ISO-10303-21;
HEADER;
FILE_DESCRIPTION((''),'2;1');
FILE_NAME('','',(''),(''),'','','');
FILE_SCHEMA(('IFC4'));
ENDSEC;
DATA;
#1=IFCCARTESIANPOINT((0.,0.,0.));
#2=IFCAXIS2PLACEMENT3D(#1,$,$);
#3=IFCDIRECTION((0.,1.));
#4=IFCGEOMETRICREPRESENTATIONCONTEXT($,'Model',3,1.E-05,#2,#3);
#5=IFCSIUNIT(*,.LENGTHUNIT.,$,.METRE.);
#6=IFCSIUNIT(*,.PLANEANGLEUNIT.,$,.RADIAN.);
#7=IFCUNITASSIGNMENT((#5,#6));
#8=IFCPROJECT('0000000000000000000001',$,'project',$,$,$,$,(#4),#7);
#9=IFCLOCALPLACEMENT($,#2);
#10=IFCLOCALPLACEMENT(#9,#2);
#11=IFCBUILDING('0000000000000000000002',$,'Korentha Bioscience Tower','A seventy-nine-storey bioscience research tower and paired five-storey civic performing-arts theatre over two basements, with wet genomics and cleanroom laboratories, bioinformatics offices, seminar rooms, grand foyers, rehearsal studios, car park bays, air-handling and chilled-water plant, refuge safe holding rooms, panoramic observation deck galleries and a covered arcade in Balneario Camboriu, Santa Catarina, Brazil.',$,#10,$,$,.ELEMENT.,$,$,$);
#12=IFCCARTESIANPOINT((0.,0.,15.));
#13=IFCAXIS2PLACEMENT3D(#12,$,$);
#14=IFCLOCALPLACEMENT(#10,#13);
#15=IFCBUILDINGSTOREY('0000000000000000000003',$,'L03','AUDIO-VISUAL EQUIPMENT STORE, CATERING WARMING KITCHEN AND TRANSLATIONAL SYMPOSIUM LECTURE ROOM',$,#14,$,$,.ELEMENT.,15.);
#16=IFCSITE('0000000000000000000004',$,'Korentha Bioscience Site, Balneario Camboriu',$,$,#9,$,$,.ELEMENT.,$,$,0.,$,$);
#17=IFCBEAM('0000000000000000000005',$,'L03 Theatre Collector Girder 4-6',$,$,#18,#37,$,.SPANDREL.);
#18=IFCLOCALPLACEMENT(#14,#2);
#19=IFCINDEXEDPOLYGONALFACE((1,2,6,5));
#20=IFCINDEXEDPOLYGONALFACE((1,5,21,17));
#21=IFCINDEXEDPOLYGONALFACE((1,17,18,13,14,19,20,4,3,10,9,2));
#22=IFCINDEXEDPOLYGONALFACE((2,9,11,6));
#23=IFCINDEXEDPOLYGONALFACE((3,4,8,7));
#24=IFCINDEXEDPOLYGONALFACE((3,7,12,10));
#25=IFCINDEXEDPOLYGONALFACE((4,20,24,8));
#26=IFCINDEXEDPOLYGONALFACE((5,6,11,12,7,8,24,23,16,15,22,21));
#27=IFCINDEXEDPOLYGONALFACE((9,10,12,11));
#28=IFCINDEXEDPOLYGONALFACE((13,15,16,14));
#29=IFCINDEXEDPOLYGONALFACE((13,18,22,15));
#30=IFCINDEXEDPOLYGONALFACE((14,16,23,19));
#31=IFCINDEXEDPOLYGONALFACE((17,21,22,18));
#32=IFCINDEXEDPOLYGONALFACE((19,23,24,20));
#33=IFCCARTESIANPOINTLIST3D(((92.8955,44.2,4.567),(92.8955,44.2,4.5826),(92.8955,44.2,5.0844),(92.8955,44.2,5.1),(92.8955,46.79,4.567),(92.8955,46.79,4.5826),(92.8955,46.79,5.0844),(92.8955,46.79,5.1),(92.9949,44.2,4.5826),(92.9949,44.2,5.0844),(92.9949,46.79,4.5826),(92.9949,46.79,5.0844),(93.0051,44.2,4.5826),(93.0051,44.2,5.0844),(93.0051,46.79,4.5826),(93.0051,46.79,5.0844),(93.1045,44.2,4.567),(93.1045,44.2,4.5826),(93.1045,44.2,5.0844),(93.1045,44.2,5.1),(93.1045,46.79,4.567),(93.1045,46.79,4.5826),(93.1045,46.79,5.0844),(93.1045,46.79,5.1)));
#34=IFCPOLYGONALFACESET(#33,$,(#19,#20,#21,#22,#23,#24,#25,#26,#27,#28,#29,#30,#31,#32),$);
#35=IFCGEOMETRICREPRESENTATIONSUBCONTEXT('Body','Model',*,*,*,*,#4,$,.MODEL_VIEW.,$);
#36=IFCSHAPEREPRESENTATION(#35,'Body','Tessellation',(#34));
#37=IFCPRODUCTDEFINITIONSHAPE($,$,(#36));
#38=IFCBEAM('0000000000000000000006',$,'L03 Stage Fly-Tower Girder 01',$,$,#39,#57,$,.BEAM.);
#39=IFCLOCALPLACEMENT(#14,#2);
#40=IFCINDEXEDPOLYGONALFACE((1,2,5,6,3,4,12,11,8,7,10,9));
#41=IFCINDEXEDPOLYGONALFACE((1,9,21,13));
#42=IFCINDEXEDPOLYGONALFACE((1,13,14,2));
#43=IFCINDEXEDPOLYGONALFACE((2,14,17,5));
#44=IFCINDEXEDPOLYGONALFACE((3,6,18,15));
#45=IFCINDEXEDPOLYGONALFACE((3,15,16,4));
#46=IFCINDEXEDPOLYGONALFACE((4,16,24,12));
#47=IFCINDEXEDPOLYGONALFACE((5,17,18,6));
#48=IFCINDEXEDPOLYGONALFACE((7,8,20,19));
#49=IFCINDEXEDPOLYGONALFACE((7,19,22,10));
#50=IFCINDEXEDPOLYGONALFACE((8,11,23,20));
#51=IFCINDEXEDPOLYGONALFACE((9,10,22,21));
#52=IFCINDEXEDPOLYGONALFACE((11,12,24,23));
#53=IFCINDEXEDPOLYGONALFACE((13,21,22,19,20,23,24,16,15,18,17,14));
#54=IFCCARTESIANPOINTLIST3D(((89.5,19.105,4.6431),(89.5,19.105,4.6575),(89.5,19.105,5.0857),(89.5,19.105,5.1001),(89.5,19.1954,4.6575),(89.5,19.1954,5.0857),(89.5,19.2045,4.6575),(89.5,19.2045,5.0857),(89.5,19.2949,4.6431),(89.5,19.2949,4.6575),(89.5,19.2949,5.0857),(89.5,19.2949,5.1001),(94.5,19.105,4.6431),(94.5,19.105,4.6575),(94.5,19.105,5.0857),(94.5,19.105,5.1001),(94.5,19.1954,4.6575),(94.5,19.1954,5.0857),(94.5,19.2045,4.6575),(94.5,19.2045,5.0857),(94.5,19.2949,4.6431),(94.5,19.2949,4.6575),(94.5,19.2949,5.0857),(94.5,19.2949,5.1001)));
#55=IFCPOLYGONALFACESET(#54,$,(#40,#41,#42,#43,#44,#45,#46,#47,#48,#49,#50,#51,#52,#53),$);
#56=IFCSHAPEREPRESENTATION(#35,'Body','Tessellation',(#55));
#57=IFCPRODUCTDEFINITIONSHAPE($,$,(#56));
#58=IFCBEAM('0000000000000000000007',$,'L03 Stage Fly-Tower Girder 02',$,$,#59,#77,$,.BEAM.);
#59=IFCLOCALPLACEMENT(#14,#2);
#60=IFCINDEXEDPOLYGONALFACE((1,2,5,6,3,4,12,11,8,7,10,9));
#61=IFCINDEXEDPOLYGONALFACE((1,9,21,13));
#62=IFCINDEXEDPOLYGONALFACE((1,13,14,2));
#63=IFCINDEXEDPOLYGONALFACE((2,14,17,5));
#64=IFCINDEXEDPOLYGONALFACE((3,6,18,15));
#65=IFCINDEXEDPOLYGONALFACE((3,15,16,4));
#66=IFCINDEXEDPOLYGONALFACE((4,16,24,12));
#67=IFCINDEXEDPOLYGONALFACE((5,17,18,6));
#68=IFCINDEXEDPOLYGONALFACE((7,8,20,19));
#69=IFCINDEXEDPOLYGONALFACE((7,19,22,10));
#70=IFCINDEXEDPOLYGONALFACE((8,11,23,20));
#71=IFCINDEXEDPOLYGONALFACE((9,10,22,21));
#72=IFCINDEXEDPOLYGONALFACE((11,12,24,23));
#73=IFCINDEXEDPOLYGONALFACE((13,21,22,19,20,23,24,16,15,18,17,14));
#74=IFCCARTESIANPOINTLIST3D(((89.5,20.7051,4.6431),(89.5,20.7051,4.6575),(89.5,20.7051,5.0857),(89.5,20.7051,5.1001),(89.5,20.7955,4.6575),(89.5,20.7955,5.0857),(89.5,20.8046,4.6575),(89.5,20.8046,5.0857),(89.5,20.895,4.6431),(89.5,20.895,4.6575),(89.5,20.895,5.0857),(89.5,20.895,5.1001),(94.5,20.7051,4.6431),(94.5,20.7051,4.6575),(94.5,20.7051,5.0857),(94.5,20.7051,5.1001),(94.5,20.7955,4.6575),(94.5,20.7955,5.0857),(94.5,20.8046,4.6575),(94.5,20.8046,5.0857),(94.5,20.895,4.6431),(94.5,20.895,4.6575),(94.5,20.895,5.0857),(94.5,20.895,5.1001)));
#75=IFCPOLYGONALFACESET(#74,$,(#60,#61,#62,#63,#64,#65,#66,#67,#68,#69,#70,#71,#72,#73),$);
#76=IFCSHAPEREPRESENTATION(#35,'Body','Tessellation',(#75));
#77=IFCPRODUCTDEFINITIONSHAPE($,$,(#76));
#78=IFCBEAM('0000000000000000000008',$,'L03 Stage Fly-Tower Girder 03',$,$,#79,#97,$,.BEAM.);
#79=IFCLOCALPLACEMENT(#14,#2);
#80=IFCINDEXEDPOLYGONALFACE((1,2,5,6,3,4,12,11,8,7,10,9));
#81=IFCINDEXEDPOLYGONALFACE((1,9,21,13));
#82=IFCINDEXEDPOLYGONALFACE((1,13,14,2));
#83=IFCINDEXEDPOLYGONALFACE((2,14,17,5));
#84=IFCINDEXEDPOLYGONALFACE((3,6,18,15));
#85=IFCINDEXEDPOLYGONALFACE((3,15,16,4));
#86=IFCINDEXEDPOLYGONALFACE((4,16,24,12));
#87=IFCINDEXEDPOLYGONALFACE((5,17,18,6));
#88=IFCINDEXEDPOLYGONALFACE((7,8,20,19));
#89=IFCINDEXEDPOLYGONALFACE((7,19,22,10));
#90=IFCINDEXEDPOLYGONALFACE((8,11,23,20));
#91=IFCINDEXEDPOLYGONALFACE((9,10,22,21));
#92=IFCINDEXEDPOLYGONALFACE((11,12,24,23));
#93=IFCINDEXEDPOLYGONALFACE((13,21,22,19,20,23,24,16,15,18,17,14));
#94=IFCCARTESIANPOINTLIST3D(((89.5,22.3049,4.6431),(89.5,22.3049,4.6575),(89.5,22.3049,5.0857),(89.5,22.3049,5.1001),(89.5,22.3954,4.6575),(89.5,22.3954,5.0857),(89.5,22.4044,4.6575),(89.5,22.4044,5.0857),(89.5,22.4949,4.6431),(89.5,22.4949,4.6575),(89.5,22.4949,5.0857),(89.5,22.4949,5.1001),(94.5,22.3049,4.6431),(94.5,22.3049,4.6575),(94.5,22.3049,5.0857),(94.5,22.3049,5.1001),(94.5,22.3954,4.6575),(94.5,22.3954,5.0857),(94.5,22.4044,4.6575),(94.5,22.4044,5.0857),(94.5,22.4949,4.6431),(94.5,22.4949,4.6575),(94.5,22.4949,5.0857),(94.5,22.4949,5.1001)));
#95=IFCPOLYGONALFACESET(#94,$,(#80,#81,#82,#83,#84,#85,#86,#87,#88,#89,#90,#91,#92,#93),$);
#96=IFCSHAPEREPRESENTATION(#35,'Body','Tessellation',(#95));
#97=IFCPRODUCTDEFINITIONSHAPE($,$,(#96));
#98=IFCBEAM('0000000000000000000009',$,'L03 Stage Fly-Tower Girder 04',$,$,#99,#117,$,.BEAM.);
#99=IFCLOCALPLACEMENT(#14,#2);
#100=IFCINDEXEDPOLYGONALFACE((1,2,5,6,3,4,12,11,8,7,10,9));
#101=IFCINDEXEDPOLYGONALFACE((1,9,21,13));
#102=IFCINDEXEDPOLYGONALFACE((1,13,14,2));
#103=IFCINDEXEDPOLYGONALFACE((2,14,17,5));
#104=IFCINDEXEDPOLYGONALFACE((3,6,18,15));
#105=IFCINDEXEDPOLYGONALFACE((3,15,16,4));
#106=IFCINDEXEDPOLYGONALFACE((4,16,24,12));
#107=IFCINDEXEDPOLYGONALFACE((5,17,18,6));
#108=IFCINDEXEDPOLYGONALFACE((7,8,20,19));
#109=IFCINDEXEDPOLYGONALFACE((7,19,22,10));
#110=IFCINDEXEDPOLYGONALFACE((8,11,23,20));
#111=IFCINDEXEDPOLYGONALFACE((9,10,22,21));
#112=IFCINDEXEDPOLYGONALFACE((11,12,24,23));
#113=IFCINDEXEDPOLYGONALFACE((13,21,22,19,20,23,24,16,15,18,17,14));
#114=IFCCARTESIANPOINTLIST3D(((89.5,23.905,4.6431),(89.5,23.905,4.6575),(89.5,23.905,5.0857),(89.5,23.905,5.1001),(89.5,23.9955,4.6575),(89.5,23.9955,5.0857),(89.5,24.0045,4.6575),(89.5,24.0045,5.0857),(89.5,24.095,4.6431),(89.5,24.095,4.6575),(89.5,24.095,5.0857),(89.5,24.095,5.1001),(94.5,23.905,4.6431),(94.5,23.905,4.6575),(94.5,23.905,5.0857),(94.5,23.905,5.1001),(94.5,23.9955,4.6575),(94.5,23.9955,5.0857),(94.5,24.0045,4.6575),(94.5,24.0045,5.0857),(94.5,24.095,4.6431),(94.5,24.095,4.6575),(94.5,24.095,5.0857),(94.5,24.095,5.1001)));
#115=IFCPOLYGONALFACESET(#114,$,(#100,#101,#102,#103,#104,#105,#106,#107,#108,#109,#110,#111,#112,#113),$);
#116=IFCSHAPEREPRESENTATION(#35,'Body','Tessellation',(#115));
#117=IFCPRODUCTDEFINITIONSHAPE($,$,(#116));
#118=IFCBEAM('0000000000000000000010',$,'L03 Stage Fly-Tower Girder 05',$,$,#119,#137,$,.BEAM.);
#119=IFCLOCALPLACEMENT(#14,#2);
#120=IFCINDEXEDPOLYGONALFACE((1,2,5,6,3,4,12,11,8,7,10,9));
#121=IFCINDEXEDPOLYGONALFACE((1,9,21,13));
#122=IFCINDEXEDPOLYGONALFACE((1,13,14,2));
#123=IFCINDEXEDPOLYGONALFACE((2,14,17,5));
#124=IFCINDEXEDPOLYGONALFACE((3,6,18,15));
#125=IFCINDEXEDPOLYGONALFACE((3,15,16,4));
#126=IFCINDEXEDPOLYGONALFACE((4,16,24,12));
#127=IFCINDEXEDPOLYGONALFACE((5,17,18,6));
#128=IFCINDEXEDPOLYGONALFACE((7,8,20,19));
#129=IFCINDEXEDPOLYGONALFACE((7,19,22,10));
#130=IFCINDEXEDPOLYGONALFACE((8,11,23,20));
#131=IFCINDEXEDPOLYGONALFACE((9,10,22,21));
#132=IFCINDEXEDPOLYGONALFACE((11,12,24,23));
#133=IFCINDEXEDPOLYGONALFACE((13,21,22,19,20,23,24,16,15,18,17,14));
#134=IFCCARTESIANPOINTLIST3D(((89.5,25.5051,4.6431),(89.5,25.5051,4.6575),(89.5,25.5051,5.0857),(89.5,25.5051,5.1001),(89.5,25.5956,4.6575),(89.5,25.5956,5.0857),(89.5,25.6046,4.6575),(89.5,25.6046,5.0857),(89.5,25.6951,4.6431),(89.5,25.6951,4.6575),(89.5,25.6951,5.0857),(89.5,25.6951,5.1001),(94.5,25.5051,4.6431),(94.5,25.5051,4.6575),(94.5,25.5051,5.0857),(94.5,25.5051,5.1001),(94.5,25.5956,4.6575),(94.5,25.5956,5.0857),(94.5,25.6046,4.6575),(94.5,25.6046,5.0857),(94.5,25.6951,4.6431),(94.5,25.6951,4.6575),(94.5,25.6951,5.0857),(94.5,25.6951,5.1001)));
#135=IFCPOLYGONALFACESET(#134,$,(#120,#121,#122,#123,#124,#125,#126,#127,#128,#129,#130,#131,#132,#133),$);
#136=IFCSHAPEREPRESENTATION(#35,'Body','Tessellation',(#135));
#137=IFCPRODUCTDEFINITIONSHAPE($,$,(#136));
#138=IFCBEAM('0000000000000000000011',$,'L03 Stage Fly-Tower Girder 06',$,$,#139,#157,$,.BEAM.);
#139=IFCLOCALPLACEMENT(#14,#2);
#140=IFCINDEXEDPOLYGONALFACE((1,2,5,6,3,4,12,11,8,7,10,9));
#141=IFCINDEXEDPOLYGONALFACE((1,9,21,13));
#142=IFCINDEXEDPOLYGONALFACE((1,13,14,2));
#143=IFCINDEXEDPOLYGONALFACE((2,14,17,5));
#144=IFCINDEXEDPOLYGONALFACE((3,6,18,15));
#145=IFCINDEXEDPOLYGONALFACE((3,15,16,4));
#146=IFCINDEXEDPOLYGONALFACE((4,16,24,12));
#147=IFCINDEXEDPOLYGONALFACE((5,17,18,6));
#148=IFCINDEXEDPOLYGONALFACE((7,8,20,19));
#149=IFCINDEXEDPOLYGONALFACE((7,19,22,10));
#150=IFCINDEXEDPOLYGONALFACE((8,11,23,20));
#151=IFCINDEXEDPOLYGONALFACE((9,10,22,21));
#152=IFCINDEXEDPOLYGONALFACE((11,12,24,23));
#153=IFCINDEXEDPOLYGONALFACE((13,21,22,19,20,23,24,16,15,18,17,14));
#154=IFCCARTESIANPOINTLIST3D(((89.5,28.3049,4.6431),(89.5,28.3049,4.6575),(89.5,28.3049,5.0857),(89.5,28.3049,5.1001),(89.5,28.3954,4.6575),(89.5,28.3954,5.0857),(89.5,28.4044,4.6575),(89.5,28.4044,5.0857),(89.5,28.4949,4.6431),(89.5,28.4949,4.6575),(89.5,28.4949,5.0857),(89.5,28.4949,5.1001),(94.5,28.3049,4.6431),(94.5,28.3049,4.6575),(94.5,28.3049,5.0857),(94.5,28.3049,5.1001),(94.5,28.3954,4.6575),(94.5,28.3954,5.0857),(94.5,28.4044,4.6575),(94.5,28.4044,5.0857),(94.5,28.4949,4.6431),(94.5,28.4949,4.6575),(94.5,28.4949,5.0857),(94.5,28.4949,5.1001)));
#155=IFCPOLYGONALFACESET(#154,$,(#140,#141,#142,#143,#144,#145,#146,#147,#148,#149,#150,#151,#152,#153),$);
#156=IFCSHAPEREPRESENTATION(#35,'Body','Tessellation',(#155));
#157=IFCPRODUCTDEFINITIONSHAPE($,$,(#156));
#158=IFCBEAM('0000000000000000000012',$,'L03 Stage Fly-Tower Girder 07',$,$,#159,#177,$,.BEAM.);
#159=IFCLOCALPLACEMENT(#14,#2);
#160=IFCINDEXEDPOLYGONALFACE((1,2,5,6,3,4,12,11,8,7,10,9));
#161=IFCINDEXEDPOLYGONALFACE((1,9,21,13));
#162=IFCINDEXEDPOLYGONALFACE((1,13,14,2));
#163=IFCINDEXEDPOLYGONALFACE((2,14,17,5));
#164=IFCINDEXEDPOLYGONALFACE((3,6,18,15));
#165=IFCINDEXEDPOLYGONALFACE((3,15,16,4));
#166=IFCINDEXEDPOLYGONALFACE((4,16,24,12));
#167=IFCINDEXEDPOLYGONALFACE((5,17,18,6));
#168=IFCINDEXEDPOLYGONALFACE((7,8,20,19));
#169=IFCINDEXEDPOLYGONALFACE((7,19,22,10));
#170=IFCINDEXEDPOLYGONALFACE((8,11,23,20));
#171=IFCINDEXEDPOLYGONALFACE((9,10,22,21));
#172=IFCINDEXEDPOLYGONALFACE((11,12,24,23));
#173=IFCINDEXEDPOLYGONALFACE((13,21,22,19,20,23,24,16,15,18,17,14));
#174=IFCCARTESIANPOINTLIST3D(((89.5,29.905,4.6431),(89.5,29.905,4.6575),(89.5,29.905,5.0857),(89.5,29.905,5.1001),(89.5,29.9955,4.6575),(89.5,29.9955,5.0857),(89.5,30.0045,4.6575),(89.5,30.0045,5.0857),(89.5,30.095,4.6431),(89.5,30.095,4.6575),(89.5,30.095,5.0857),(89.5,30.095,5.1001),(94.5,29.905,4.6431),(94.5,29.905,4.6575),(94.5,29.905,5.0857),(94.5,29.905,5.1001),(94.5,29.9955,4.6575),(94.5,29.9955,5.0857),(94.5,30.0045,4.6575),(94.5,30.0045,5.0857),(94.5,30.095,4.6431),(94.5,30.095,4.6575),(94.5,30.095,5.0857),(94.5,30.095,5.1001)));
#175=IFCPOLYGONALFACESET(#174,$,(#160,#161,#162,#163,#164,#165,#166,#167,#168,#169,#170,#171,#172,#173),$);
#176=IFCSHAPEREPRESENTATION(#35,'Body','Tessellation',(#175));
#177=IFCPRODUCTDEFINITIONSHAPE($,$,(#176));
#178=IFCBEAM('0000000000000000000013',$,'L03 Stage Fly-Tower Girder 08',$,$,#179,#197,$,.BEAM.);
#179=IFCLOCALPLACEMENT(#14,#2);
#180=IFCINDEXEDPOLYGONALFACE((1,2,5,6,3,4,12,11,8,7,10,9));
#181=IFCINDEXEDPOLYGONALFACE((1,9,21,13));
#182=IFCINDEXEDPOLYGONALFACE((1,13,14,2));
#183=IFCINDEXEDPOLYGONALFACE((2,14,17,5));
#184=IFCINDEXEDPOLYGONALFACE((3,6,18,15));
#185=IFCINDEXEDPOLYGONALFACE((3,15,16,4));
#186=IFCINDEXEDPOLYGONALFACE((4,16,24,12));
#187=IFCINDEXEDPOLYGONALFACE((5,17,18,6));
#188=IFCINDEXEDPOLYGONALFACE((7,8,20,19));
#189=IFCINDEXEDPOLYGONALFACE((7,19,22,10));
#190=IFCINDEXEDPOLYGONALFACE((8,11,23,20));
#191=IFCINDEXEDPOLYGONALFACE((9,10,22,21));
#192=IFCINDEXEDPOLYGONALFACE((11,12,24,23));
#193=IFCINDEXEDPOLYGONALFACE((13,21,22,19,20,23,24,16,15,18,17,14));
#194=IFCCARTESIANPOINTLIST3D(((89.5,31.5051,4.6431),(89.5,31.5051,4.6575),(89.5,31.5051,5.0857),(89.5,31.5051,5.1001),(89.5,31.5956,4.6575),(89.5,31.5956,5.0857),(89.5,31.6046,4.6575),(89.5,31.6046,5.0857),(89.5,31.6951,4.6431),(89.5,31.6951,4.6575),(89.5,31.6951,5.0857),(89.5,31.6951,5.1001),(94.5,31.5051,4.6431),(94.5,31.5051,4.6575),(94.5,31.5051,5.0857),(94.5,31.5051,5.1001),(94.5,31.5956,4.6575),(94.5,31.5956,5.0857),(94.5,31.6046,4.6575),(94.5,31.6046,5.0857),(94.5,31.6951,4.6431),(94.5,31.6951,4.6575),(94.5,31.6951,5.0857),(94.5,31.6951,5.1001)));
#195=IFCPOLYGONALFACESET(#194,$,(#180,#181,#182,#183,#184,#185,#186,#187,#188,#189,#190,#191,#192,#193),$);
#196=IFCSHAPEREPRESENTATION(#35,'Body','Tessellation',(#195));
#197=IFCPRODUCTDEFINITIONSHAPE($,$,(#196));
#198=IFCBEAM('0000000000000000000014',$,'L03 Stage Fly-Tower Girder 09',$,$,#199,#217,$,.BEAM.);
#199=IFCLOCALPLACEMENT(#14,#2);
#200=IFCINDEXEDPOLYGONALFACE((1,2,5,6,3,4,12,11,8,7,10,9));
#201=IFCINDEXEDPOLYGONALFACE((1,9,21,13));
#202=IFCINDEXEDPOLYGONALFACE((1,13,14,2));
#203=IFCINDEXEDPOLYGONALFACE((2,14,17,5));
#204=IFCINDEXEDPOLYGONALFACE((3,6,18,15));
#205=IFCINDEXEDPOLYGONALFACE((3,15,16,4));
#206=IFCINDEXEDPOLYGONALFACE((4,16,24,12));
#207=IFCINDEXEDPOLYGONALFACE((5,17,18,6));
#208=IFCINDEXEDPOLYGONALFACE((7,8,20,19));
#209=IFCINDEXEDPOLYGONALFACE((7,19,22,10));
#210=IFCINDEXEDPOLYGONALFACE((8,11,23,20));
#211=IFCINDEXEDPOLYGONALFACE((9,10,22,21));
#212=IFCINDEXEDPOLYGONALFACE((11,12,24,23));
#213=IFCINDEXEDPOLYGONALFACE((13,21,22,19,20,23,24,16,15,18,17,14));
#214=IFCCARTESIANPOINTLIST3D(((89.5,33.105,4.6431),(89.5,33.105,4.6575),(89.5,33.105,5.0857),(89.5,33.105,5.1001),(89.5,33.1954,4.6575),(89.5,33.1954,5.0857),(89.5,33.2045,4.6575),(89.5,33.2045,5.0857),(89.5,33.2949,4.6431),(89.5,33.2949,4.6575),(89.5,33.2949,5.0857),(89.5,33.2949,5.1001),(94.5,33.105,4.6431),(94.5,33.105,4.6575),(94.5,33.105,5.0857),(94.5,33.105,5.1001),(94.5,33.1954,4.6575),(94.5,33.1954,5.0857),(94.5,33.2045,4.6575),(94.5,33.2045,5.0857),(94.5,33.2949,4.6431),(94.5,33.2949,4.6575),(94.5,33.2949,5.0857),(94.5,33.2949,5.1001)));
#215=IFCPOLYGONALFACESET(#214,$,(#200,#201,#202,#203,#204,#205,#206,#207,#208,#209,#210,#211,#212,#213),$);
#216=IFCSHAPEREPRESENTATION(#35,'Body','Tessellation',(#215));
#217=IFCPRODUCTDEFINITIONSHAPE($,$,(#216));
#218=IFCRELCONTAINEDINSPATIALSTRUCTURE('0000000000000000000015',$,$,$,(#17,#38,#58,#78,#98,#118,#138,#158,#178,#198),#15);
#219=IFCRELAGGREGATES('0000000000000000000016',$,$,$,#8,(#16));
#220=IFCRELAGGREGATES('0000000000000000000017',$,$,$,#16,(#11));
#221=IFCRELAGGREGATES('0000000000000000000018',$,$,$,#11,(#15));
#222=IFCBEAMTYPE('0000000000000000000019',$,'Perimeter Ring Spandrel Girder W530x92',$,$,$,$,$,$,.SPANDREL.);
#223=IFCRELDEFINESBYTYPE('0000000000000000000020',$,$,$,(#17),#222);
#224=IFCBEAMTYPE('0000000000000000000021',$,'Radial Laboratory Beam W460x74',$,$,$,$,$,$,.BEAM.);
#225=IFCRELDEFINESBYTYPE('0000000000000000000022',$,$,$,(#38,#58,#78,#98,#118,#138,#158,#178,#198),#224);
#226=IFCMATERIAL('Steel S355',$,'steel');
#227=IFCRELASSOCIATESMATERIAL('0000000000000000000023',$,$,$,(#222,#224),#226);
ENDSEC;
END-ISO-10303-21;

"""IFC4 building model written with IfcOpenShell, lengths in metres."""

from ifc_helpers import new_model, si_unit, direction, frame, origin, origin_2d, place, context, subcontext, project, spatial, i_section, extrude, material, material_profile, profile_set, type_object, element, save


model = new_model("IFC4")

# Units and contexts
model_context = context("Model", 3, precision=1e-05, world=origin(), true_north=direction((0.0, 1.0)))
body_context = subcontext(model_context, "Body", "Model", "MODEL_VIEW")
ifc_project = project(units=[si_unit("LENGTHUNIT", "METRE"), si_unit("PLANEANGLEUNIT", "RADIAN")], contexts=[model_context])

# Site, building, storey
site_placement = place(None, origin())
site = spatial("IfcSite", under=ifc_project, at=site_placement, Name="Korentha Bioscience Site, Balneario Camboriu", CompositionType="ELEMENT", RefElevation=0.0)
building_placement = place(site_placement, origin())
building = spatial("IfcBuilding", under=site, at=building_placement, Name="Korentha Bioscience Tower", Description="A seventy-nine-storey bioscience research tower and paired five-storey civic performing-arts theatre over two basements, with wet genomics and cleanroom laboratories, bioinformatics offices, seminar rooms, grand foyers, rehearsal studios, car park bays, air-handling and chilled-water plant, refuge safe holding rooms, panoramic observation deck galleries and a covered arcade in Balneario Camboriu, Santa Catarina, Brazil.", CompositionType="ELEMENT")
storey_placement = place(building_placement, frame((0.0, 0.0, 15.0)))
storey = spatial("IfcBuildingStorey", under=building, at=storey_placement, Name="L03", Description="AUDIO-VISUAL EQUIPMENT STORE, CATERING WARMING KITCHEN AND TRANSLATIONAL SYMPOSIUM LECTURE ROOM", CompositionType="ELEMENT", Elevation=15.0)

# Shared definitions
ifc_material_1 = material(Name="Steel S355", Category="steel")

# Beams
ifc_material_profile_1 = material_profile(ifc_material_1, i_section(OverallWidth=0.209, OverallDepth=0.533, WebThickness=0.0103, FlangeThickness=0.0156, at=origin_2d()), Name="Steel S355")
ifc_profile_set_1 = profile_set([ifc_material_profile_1], Name="Steel S355 (SB-530)")
beam_type_1 = type_object("IfcBeamType", Name="Perimeter Ring Spandrel Girder W530x92", PredefinedType="SPANDREL", material=ifc_profile_set_1)
beam_1_placement = place(storey_placement, frame((93.0, 44.2, 4.8335), z_axis=(0.0, 1.0, 0.0), x_axis=(-1.0, 0.0, 0.0)))
element("IfcBeam", 1, at=beam_1_placement, inside=storey, type_object=beam_type_1, Name="L03 Theatre Collector Girder 4-6", PredefinedType="SPANDREL", context=body_context, shape_type="SweptSolid", body=[
    extrude(i_section(OverallWidth=0.209, OverallDepth=0.533, WebThickness=0.0103, FlangeThickness=0.0156, at=origin_2d()), origin(), (0.0, 0.0, 1.0), 2.5901),
])
ifc_material_profile_2 = material_profile(ifc_material_1, i_section(OverallWidth=0.1899, OverallDepth=0.457, WebThickness=0.009, FlangeThickness=0.0144, at=origin_2d()), Name="Steel S355")
ifc_profile_set_2 = profile_set([ifc_material_profile_2], Name="Steel S355 (RB-460)")
beam_type_2 = type_object("IfcBeamType", Name="Radial Laboratory Beam W460x74", PredefinedType="BEAM", material=ifc_profile_set_2)
for number, where, z_axis, x_axis, name in (
    (2, (89.5, 19.2, 4.8716), (1.0, 0.0, 0.0), (0.0, 1.0, 0.0), "L03 Stage Fly-Tower Girder 01"),
    (3, (89.5, 20.8, 4.8716), (1.0, 0.0, 0.0), (0.0, 1.0, 0.0), "L03 Stage Fly-Tower Girder 02"),
    (4, (89.5, 22.3999, 4.8716), (1.0, 0.0, 0.0), (0.0, 1.0, 0.0), "L03 Stage Fly-Tower Girder 03"),
    (5, (89.5, 24.0, 4.8716), (1.0, 0.0, 0.0), (0.0, 1.0, 0.0), "L03 Stage Fly-Tower Girder 04"),
    (6, (89.5, 25.6001, 4.8716), (1.0, 0.0, 0.0), (0.0, 1.0, 0.0), "L03 Stage Fly-Tower Girder 05"),
    (7, (89.5, 28.3999, 4.8716), (1.0, 0.0, 0.0), (0.0, 1.0, 0.0), "L03 Stage Fly-Tower Girder 06"),
    (8, (89.5, 30.0, 4.8716), (1.0, 0.0, 0.0), (0.0, 1.0, 0.0), "L03 Stage Fly-Tower Girder 07"),
    (9, (89.5, 31.6001, 4.8716), (1.0, 0.0, 0.0), (0.0, 1.0, 0.0), "L03 Stage Fly-Tower Girder 08"),
    (10, (89.5, 33.2, 4.8716), (1.0, 0.0, 0.0), (0.0, 1.0, 0.0), "L03 Stage Fly-Tower Girder 09"),
):
    element("IfcBeam", number, at=place(storey_placement, frame(where, z_axis=z_axis, x_axis=x_axis)), inside=storey, type_object=beam_type_2, Name=name, PredefinedType="BEAM", context=body_context, shape_type="SweptSolid", body=[
        extrude(i_section(OverallWidth=0.1899, OverallDepth=0.457, WebThickness=0.009, FlangeThickness=0.0144, at=origin_2d()), origin(), (0.0, 0.0, 1.0), 5.0),
    ])

save(model, "model.ifc")
